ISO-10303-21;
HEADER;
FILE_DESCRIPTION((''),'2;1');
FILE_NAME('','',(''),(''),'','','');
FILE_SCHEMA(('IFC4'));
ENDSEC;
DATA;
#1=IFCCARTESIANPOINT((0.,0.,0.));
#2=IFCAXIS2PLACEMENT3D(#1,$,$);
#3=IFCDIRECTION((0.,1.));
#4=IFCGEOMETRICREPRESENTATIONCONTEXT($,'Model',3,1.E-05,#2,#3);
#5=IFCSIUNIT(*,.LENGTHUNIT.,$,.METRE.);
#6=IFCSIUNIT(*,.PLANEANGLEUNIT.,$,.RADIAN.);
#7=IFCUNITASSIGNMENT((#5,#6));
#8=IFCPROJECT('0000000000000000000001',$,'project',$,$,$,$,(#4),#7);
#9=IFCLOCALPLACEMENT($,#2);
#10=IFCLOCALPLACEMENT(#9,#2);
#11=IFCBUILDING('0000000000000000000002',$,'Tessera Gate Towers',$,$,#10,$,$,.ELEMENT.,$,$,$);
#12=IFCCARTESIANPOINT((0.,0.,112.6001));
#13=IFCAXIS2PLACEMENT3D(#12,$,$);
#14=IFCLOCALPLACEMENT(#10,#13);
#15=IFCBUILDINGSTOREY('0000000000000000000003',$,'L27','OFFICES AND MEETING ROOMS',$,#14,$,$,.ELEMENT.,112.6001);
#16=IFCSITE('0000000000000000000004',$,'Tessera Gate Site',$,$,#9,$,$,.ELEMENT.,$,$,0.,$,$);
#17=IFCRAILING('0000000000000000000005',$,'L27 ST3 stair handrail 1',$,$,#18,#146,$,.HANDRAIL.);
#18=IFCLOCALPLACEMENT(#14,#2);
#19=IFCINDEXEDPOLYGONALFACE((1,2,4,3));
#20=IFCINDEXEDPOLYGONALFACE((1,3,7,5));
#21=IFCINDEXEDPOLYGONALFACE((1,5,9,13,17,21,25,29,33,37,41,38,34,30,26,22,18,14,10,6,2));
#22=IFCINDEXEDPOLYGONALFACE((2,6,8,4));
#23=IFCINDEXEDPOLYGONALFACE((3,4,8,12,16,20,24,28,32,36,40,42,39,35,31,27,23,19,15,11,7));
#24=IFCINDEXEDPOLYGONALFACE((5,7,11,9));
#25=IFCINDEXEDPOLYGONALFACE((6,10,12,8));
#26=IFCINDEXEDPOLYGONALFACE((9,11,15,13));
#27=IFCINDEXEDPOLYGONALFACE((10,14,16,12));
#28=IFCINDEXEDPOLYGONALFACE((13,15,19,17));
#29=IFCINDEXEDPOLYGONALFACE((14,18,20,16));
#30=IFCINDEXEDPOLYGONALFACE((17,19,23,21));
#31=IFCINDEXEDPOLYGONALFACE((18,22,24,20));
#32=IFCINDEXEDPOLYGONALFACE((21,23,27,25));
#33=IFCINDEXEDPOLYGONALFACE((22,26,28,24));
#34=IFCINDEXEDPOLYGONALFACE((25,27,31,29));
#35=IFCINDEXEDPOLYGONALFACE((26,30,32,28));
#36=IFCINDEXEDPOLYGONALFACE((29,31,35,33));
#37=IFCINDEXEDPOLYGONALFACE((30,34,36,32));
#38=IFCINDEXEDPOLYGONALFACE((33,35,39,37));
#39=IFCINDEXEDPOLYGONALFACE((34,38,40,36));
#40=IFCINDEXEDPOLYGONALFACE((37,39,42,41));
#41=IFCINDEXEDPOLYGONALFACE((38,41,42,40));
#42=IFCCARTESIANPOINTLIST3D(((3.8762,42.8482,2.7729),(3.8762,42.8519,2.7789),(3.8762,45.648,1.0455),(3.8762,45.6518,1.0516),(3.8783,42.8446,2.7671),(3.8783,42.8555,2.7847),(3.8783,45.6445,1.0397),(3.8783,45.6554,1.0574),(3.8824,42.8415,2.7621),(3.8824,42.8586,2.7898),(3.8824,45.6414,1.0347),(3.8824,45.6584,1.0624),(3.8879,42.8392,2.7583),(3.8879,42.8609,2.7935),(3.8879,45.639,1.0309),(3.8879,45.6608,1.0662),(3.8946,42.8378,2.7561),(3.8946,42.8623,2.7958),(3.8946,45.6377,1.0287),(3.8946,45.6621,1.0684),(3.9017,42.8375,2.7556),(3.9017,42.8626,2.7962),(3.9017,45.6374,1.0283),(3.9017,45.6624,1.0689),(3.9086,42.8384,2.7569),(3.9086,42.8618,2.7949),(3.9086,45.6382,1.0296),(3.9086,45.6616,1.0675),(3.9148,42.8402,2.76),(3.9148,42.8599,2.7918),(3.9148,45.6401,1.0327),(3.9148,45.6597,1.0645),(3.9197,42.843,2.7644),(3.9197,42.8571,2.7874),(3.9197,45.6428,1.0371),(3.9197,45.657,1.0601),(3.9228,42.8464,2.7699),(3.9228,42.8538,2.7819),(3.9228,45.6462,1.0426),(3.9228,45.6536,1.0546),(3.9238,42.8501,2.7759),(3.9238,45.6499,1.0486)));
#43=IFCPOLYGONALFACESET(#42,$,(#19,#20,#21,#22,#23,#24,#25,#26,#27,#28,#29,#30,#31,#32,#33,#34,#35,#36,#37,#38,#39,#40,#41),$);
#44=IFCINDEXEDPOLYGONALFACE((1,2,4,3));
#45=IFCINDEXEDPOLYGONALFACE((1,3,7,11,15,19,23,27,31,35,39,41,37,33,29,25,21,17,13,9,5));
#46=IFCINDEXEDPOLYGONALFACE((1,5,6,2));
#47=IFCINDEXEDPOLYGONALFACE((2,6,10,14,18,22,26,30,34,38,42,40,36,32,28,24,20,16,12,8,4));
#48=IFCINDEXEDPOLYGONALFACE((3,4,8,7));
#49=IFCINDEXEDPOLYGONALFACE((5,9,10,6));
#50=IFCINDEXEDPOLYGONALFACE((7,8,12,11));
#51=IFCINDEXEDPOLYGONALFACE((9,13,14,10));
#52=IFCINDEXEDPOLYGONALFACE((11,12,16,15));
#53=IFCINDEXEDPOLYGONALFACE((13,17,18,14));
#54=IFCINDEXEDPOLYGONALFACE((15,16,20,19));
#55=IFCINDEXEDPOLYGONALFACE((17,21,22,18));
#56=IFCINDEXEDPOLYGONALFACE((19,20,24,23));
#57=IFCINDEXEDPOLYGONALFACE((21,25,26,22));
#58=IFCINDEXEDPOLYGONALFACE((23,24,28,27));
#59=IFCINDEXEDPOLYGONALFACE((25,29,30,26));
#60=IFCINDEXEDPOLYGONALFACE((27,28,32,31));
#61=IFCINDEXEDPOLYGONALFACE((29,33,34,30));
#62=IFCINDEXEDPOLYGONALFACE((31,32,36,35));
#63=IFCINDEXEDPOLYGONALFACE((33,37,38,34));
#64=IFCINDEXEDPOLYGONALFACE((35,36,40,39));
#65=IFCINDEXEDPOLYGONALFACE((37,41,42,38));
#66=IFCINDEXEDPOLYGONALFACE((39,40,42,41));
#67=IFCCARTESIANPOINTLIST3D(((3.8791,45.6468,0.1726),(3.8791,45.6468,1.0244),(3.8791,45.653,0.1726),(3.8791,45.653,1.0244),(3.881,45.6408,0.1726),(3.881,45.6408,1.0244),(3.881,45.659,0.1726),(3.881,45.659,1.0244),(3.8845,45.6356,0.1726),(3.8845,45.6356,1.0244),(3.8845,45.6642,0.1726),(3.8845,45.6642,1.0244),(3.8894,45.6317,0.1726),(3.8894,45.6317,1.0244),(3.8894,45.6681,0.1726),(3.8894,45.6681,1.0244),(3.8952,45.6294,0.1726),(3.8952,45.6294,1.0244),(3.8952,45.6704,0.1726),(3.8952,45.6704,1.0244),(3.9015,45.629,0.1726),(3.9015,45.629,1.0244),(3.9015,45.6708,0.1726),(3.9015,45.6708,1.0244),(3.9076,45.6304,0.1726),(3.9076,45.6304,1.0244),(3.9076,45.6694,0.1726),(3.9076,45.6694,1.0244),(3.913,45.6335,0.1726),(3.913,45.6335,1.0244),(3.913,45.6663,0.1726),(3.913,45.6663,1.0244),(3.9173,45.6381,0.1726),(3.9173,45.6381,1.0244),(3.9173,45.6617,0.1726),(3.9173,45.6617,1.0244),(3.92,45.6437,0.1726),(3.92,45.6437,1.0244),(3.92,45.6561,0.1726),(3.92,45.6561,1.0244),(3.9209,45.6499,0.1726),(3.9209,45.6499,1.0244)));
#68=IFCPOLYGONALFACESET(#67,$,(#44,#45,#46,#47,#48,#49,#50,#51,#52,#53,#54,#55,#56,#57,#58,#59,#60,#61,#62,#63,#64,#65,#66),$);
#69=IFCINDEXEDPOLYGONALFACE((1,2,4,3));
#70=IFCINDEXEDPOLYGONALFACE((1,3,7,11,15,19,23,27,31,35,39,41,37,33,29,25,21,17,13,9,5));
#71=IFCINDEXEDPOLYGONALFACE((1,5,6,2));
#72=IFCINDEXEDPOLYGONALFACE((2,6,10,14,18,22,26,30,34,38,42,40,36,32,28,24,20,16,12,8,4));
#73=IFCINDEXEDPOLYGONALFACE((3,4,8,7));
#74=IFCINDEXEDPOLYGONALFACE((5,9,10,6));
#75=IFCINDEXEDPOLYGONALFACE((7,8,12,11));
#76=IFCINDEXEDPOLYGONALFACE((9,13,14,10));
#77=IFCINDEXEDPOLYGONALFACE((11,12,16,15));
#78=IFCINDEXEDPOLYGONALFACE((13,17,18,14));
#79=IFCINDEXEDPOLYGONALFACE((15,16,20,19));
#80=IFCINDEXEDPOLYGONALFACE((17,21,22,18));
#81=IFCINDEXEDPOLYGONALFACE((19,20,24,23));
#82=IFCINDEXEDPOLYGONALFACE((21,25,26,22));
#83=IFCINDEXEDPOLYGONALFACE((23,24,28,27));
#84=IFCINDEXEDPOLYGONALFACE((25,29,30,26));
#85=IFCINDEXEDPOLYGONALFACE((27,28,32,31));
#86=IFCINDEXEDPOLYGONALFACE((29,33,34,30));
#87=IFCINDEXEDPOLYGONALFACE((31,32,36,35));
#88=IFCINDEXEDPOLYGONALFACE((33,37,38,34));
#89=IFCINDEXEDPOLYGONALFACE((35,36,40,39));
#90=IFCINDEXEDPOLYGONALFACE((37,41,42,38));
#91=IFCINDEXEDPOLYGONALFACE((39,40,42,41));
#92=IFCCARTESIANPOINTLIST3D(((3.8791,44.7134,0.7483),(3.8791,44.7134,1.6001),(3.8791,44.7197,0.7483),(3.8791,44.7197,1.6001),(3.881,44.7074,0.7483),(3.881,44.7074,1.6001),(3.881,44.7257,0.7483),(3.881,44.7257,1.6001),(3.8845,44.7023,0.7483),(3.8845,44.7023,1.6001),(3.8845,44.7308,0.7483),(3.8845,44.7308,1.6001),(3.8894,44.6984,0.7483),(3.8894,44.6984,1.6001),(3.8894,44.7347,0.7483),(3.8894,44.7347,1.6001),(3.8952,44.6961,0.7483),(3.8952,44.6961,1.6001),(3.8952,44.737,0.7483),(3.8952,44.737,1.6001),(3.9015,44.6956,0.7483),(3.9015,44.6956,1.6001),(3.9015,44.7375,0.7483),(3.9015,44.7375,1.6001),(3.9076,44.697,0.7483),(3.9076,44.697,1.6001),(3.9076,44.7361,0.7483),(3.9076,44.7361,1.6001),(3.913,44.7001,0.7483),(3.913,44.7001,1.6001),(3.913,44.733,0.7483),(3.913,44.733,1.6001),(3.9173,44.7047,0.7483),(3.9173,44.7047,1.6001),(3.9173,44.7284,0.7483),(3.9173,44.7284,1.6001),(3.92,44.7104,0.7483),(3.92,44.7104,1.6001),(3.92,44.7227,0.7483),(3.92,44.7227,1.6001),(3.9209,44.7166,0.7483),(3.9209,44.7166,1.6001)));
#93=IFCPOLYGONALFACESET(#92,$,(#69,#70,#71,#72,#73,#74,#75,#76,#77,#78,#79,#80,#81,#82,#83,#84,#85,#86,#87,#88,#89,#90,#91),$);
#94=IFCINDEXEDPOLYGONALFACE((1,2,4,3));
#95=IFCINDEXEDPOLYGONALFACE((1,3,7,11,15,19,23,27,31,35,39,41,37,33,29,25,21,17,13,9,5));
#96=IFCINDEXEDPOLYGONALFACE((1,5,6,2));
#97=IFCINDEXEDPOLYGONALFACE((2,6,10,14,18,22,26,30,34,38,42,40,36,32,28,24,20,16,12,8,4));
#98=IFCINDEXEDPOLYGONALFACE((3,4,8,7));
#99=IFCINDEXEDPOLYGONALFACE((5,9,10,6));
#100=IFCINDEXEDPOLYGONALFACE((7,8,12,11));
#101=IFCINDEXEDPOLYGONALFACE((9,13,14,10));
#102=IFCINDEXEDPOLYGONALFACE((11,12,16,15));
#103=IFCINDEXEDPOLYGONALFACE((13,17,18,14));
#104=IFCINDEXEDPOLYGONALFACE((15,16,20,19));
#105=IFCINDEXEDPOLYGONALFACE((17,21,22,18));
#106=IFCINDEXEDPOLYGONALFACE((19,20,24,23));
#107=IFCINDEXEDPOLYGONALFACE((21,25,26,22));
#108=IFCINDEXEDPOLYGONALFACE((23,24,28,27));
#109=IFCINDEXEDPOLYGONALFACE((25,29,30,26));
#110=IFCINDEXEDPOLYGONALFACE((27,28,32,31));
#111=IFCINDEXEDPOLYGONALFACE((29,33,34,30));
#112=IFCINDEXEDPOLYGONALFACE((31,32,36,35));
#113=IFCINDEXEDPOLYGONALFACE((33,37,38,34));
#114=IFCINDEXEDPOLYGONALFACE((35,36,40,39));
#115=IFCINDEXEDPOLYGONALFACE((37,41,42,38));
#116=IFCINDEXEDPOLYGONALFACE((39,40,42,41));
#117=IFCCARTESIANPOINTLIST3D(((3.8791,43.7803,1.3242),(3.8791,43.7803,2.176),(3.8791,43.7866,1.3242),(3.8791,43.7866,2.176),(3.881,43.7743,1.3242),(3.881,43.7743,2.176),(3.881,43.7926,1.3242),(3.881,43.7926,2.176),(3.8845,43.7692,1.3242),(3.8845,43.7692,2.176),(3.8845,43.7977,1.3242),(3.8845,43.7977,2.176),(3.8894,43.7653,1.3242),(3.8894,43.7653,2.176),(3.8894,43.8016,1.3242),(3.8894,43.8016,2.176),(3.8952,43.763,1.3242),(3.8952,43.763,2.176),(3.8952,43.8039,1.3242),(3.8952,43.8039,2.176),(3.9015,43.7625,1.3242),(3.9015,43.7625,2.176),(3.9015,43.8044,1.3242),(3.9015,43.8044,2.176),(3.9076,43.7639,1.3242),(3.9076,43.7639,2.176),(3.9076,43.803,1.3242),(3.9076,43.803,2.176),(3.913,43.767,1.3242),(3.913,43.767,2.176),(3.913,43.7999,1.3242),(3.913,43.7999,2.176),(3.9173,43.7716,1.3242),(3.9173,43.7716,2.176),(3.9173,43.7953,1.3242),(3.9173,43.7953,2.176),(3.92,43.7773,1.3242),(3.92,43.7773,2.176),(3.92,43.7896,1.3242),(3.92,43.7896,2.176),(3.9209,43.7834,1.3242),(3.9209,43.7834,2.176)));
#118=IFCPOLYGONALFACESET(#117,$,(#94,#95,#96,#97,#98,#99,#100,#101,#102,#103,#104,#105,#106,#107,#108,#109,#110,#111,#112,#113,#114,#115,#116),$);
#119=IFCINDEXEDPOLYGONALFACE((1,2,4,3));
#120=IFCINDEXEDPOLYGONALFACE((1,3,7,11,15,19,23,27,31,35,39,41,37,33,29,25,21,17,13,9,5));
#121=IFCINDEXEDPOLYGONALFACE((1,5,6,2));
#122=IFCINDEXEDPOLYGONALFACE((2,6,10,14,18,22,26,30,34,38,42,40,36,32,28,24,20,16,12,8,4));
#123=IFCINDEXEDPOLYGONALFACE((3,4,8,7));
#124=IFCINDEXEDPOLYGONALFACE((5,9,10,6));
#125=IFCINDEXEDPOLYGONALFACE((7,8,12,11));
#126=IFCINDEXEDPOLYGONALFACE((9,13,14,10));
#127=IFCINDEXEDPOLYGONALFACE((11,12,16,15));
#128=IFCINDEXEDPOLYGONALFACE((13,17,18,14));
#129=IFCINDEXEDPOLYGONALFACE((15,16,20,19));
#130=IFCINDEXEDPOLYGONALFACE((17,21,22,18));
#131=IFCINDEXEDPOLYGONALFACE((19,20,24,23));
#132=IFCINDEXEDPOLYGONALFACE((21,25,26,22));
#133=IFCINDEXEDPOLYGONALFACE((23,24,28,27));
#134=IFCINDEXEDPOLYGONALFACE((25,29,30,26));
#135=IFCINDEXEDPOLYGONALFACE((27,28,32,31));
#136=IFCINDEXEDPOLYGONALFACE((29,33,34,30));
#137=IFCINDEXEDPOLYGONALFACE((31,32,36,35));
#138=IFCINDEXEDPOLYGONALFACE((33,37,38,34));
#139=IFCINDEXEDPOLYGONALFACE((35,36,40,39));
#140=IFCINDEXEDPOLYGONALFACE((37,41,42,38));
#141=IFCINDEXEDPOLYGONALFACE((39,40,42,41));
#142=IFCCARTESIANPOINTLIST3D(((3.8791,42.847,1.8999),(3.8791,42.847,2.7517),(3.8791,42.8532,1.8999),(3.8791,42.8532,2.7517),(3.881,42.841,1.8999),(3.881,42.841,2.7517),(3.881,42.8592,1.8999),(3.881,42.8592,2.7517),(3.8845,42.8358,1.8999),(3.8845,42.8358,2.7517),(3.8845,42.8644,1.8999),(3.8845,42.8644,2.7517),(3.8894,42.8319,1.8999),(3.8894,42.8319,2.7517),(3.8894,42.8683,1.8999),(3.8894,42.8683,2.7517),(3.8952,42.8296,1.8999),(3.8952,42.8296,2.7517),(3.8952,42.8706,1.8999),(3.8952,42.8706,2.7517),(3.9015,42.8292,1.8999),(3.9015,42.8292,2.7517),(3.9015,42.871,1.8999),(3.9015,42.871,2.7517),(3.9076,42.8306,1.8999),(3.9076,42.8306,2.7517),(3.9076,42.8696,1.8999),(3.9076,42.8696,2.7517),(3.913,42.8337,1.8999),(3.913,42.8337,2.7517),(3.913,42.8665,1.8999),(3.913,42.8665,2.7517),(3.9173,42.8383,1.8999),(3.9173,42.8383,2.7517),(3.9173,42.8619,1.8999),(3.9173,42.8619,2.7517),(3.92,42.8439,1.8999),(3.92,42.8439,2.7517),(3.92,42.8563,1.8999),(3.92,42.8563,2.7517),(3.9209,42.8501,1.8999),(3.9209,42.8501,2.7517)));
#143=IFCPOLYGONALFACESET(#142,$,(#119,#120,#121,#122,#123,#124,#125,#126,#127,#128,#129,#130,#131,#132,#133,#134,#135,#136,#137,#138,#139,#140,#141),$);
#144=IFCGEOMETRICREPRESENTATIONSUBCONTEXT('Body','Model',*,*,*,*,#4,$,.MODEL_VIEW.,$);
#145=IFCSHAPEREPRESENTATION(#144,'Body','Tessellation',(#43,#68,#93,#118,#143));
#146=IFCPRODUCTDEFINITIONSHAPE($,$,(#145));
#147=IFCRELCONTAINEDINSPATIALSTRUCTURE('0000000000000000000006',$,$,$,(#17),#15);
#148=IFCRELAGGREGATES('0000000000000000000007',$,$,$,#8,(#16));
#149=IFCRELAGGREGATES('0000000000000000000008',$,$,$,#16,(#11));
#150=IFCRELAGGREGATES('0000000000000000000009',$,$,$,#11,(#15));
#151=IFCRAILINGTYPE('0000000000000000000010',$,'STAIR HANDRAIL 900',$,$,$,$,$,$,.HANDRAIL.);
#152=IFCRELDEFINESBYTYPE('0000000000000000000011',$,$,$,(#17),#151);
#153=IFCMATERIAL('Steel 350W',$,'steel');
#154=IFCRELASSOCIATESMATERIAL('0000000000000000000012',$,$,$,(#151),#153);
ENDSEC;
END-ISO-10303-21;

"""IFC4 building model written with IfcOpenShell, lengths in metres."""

from ifc_helpers import new_model, si_unit, direction, frame, origin, origin_2d, place, context, subcontext, project, spatial, circle, extrude, material, type_object, element, save


model = new_model("IFC4")

# Units and contexts
model_context = context("Model", 3, precision=1e-05, world=origin(), true_north=direction((0.0, 1.0)))
body_context = subcontext(model_context, "Body", "Model", "MODEL_VIEW")
ifc_project = project(units=[si_unit("LENGTHUNIT", "METRE"), si_unit("PLANEANGLEUNIT", "RADIAN")], contexts=[model_context])

# Site, building, storey
site_placement = place(None, origin())
site = spatial("IfcSite", under=ifc_project, at=site_placement, Name="Tessera Gate Site", CompositionType="ELEMENT", RefElevation=0.0)
building_placement = place(site_placement, origin())
building = spatial("IfcBuilding", under=site, at=building_placement, Name="Tessera Gate Towers", CompositionType="ELEMENT")
storey_placement = place(building_placement, frame((0.0, 0.0, 112.6001)))
storey = spatial("IfcBuildingStorey", under=building, at=storey_placement, Name="L27", Description="OFFICES AND MEETING ROOMS", CompositionType="ELEMENT", Elevation=112.6001)

# Railing
ifc_material_1 = material(Name="Steel 350W", Category="steel")
railing_type_1 = type_object("IfcRailingType", Name="STAIR HANDRAIL 900", PredefinedType="HANDRAIL", material=ifc_material_1)
railing_1_placement = place(storey_placement, frame((3.8999, 45.6499, 0.1726)))
element("IfcRailing", 1, at=railing_1_placement, inside=storey, type_object=railing_type_1, Name="L27 ST3 stair handrail 1", PredefinedType="HANDRAIL", context=body_context, shape_type="SweptSolid", body=[
    extrude(circle(Radius=0.0239, at=origin_2d()), frame((0.0, 0.0, 0.876), z_axis=(0.0, -0.851069, 0.525054), x_axis=(1.0, 0.0, 0.0)), (0.0, 0.0, 1.0), 3.2898),
    extrude(circle(Radius=0.021, at=origin_2d()), origin(), (0.0, 0.0, 1.0), 0.8518),
    extrude(circle(Radius=0.021, at=origin_2d()), frame((0.0, -0.9333, 0.5757)), (0.0, 0.0, 1.0), 0.8518),
    extrude(circle(Radius=0.021, at=origin_2d()), frame((0.0, -1.8665, 1.1516)), (0.0, 0.0, 1.0), 0.8518),
    extrude(circle(Radius=0.021, at=origin_2d()), frame((0.0, -2.7998, 1.7273)), (0.0, 0.0, 1.0), 0.8518),
])

save(model, "model.ifc")
